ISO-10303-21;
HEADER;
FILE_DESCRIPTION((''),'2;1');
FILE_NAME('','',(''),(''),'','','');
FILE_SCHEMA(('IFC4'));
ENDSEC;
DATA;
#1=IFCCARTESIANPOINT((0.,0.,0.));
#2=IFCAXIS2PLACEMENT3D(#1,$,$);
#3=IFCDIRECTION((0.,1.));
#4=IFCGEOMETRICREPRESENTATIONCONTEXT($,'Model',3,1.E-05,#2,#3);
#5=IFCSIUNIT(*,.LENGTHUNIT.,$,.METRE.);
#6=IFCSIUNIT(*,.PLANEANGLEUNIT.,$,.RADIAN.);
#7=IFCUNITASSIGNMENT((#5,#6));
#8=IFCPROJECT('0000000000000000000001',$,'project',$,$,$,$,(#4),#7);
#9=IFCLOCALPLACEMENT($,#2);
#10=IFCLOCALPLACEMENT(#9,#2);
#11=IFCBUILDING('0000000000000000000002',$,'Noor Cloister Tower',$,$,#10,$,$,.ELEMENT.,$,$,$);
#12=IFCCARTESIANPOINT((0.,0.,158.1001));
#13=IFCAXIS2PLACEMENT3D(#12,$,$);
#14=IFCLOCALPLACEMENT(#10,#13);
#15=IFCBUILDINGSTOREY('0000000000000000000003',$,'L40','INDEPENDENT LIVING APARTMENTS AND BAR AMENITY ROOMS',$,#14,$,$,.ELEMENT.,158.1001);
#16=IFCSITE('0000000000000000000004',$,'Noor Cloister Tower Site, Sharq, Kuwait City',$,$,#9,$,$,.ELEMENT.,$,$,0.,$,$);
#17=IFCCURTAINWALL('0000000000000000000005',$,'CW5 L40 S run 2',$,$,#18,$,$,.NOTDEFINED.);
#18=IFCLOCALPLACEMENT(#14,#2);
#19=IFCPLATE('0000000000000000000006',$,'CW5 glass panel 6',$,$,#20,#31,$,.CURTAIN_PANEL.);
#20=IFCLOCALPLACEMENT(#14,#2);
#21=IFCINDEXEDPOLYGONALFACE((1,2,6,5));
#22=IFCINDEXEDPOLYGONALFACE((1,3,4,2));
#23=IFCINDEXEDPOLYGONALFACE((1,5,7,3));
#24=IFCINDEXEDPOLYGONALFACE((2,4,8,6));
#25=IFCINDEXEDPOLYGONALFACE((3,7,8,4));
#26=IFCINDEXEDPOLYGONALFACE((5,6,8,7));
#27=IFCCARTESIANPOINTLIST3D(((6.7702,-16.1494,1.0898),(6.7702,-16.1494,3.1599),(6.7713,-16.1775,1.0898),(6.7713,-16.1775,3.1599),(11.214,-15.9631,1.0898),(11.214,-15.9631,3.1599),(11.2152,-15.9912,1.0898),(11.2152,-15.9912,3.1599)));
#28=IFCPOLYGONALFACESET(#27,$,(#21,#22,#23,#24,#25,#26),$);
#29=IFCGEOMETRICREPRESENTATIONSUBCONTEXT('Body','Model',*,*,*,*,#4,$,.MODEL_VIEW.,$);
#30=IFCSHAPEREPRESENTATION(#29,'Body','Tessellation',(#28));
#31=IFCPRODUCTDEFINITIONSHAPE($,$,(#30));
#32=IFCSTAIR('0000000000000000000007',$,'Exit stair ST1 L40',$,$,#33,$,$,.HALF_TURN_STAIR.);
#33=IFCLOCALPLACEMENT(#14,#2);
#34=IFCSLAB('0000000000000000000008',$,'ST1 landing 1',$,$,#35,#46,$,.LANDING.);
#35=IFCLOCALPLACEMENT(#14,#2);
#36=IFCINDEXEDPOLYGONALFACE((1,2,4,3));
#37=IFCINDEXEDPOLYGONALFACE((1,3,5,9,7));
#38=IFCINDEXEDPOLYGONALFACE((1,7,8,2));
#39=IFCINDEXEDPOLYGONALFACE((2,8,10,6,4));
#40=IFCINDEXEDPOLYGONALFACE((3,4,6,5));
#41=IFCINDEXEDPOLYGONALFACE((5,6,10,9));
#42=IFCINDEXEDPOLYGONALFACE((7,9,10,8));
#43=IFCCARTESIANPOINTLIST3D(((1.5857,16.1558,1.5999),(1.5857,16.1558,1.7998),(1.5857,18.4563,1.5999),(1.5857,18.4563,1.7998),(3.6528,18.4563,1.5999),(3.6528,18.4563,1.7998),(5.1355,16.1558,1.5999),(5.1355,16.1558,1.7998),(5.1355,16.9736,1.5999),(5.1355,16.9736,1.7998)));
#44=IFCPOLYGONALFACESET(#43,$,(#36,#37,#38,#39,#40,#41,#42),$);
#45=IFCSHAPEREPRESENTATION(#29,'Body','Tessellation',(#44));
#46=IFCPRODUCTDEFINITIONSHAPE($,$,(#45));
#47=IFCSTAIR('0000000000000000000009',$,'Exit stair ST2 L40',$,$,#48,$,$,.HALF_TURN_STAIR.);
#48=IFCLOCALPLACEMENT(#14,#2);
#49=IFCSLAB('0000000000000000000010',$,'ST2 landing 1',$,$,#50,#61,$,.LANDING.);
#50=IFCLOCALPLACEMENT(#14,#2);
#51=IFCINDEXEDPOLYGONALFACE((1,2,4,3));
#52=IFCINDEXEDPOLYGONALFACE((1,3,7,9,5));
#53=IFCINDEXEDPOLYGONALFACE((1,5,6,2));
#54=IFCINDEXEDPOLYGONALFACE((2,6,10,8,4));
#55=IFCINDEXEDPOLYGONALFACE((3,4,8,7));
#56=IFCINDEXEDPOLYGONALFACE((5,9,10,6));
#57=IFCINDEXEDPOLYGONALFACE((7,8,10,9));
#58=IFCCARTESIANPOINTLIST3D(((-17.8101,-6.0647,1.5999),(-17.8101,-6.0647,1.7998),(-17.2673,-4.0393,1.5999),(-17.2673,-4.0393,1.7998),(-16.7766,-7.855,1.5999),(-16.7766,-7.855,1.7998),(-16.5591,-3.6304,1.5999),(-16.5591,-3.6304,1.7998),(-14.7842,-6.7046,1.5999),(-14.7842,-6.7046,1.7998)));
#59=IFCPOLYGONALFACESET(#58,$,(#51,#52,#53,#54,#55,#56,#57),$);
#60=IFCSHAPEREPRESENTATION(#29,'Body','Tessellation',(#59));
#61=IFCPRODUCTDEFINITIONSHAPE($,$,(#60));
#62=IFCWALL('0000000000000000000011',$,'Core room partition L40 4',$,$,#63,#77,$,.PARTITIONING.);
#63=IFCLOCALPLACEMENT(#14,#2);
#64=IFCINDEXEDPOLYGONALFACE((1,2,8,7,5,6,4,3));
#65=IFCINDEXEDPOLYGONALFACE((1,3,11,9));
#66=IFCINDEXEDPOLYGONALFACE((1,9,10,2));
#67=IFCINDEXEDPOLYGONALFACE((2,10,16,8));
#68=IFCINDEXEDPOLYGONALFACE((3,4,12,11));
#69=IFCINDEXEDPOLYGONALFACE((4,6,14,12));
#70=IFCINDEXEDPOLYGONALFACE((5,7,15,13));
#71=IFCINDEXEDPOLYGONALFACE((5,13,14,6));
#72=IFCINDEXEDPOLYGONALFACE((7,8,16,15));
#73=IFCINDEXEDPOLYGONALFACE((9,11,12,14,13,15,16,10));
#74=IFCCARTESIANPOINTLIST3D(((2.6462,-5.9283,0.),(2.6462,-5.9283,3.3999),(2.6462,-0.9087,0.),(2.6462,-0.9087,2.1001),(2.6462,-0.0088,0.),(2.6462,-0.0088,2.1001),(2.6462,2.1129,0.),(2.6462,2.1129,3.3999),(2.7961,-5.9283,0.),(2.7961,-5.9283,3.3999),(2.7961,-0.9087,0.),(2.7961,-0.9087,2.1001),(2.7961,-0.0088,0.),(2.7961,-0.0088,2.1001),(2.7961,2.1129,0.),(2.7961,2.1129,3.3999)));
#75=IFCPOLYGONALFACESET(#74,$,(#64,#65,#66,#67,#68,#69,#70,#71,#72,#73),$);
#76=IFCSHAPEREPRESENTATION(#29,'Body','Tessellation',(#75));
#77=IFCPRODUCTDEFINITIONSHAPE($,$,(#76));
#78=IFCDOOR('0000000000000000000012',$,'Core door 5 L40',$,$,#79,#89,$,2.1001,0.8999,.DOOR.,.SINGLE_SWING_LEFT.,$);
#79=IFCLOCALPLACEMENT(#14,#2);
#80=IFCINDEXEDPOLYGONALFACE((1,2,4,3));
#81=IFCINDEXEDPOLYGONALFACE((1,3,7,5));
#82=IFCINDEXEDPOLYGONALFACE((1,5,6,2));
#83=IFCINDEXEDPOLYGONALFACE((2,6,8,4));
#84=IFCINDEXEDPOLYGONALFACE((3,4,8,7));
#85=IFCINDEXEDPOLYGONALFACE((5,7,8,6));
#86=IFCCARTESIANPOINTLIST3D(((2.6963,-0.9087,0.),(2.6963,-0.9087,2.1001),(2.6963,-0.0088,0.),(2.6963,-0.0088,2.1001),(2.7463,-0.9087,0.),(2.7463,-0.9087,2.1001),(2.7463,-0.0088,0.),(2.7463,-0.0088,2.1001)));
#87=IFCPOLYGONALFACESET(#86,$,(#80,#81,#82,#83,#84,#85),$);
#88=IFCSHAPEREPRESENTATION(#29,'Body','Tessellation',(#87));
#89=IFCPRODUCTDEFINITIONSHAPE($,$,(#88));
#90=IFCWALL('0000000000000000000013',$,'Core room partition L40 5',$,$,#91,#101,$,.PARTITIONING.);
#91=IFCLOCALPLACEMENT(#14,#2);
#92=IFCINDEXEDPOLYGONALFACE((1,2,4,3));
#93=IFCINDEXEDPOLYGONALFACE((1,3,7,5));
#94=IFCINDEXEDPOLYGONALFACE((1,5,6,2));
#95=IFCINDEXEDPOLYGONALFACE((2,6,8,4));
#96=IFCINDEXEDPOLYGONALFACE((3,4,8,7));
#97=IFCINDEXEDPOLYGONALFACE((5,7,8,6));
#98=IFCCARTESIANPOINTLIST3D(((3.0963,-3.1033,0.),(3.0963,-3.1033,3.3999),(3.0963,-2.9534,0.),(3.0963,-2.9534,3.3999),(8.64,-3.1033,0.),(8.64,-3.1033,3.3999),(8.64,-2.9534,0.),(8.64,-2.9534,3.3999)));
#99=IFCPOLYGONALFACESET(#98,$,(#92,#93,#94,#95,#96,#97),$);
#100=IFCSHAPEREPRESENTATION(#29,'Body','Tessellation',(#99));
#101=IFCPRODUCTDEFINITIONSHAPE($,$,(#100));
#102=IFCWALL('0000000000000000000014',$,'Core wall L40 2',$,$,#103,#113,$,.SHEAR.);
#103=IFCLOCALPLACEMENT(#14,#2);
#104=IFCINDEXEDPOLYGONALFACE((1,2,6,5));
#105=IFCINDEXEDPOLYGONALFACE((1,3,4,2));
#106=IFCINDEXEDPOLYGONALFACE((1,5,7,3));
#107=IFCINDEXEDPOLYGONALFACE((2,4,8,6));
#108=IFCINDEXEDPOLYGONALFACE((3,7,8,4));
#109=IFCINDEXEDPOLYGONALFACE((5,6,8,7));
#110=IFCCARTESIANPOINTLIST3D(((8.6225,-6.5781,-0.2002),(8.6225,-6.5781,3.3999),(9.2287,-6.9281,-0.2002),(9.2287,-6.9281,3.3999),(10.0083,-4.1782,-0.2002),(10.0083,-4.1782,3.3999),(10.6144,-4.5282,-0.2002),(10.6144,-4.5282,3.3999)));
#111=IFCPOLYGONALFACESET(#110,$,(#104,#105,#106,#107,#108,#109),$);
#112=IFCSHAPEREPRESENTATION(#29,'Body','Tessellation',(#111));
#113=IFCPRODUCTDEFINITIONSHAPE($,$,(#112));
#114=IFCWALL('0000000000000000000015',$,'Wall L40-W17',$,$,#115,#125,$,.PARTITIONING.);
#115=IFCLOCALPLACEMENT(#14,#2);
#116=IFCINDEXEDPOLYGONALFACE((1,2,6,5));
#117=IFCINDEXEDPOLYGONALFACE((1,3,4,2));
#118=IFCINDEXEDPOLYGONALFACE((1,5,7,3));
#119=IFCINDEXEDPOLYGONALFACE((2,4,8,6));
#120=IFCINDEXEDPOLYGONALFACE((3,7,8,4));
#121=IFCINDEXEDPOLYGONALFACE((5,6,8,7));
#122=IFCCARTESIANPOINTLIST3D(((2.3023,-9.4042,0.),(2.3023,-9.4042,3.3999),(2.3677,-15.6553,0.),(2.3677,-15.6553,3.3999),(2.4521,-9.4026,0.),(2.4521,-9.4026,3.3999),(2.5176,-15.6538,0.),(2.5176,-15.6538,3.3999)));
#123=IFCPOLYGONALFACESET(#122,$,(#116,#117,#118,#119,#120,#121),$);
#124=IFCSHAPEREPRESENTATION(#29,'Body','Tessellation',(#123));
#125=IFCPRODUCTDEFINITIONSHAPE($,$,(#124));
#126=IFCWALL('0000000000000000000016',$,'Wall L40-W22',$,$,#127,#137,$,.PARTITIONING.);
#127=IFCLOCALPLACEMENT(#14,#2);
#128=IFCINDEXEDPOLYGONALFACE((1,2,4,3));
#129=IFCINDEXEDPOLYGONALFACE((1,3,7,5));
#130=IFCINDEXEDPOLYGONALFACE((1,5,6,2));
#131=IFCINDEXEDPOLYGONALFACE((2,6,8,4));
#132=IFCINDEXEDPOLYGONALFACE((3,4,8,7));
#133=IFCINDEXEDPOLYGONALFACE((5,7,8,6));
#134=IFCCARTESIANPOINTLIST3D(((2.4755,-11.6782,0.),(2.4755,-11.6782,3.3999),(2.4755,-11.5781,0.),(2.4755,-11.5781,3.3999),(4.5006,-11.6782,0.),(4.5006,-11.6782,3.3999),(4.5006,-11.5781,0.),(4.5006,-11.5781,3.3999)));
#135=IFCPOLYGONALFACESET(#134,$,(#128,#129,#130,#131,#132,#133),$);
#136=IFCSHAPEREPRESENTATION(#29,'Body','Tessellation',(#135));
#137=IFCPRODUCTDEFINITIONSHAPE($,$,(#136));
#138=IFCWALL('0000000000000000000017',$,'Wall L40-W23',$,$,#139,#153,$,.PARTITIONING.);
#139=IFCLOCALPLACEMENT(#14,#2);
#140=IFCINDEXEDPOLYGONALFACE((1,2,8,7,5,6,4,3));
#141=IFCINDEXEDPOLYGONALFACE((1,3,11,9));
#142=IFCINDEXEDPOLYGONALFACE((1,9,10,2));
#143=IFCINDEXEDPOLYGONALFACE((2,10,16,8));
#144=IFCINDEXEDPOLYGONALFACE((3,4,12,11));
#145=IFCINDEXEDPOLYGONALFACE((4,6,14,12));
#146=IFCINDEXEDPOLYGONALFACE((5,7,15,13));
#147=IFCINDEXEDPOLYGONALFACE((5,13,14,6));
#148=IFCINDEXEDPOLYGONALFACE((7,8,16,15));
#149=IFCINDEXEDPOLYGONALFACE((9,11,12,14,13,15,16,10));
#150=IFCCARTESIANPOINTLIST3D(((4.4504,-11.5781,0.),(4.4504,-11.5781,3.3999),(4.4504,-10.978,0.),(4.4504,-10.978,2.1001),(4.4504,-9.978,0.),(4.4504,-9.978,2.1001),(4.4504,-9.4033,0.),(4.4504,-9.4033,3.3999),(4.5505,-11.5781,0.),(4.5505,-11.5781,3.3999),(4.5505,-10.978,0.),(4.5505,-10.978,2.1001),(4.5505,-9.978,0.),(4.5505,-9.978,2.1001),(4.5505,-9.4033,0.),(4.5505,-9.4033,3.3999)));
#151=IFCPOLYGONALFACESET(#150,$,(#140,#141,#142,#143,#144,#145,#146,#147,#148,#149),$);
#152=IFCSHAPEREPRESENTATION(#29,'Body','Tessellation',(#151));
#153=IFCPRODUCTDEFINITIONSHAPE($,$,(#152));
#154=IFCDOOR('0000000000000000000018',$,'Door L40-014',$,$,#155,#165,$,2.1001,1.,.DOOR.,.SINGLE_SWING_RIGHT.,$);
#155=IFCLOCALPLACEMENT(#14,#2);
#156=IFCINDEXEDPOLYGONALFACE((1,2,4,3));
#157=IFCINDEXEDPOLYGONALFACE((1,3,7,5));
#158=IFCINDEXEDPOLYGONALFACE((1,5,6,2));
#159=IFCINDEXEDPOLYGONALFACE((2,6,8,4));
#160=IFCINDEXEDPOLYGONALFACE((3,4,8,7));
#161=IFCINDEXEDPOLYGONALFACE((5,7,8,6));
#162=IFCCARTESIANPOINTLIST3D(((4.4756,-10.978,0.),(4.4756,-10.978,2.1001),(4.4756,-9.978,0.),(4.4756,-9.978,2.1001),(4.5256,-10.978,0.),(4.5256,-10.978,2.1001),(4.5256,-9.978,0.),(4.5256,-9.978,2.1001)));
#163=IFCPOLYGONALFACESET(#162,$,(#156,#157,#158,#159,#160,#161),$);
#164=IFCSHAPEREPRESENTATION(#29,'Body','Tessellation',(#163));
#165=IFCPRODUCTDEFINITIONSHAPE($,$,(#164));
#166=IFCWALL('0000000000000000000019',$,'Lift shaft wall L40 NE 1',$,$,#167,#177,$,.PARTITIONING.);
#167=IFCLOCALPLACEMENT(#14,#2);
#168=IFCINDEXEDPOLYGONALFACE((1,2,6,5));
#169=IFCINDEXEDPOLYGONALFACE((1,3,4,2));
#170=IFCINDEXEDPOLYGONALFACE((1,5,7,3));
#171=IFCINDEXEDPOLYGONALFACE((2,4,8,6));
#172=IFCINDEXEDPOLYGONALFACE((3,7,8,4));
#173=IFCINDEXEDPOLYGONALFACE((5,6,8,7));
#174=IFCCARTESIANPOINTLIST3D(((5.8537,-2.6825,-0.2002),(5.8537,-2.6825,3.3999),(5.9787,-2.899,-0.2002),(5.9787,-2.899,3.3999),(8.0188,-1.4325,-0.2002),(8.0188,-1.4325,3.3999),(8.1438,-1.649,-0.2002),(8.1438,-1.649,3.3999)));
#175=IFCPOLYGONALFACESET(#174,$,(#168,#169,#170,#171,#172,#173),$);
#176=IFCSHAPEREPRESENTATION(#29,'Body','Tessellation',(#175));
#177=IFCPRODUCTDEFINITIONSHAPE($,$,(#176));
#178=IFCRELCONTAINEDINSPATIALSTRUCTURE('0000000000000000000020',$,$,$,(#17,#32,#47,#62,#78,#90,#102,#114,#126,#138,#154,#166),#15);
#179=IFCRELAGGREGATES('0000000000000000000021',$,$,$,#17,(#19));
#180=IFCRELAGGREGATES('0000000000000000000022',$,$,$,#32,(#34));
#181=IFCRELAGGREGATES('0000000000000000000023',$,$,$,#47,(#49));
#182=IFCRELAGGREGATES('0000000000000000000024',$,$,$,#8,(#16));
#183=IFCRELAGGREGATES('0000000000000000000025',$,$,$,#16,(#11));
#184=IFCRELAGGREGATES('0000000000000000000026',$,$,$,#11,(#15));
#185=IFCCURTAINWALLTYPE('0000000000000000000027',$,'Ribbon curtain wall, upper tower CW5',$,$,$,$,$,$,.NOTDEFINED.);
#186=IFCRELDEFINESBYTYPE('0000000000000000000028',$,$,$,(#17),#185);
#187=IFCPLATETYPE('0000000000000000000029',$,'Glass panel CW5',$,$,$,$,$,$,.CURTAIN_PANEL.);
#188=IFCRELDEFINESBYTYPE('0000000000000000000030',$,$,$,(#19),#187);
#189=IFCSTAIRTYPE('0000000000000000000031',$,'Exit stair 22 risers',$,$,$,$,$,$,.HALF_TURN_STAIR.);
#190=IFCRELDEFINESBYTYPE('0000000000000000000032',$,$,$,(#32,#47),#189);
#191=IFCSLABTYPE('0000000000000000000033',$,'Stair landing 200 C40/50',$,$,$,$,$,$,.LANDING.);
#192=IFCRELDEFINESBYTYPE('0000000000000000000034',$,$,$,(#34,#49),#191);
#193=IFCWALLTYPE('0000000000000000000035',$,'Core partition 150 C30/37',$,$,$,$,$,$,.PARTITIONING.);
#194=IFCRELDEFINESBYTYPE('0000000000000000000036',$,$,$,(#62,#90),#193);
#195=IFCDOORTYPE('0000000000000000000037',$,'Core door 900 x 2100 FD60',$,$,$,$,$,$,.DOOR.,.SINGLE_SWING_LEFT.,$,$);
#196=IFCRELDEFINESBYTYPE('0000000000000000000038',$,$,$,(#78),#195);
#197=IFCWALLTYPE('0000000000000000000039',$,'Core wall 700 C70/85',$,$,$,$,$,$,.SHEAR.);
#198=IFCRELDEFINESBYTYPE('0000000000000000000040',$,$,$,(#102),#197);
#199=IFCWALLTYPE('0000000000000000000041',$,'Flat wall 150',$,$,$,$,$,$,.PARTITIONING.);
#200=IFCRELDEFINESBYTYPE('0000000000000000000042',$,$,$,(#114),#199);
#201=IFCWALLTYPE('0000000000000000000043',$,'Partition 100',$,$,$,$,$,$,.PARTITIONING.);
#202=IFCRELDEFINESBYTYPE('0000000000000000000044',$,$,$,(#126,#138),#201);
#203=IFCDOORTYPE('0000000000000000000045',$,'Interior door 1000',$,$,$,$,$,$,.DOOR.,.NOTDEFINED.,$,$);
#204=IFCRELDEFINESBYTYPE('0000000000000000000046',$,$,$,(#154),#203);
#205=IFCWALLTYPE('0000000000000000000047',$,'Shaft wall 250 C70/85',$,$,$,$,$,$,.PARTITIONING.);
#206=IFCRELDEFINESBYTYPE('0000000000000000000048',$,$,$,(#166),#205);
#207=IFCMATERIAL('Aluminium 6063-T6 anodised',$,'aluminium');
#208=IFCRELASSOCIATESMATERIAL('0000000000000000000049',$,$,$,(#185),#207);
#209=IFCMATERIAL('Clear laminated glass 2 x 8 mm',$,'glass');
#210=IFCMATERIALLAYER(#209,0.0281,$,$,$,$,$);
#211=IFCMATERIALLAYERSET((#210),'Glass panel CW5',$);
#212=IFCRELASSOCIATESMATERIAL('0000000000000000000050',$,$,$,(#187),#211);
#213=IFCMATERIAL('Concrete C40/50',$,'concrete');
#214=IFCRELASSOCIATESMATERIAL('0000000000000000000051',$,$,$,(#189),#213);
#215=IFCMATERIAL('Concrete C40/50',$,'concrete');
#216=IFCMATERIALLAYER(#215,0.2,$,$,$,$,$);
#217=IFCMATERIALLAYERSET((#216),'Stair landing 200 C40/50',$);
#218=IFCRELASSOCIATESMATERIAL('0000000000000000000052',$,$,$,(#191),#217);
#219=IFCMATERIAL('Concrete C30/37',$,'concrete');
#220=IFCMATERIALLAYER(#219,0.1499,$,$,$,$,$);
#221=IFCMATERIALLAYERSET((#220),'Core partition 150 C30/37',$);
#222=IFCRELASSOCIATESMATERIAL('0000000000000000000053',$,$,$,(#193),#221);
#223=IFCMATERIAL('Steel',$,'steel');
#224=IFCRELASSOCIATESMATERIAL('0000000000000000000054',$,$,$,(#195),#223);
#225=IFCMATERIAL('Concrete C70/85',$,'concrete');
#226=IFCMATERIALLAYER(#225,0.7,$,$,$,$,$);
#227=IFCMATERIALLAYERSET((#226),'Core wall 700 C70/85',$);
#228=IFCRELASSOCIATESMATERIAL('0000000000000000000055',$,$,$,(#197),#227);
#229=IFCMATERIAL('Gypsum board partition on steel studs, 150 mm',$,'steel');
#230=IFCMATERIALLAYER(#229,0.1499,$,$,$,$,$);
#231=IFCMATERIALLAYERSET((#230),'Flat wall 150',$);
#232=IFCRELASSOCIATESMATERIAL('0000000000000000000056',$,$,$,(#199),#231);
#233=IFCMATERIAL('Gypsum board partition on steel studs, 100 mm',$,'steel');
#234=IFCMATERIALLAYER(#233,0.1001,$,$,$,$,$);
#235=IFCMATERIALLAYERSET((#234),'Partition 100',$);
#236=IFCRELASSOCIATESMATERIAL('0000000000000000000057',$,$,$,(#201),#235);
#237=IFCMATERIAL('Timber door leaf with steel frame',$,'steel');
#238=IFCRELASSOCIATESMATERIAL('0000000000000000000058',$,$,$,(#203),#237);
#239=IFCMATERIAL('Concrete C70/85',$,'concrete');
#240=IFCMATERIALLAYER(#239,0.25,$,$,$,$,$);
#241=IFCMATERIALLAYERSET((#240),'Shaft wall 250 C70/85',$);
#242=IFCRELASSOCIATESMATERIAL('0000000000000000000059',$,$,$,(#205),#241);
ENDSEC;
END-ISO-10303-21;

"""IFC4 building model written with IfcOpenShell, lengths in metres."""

from ifc_helpers import new_model, si_unit, direction, frame, frame_2d, origin, origin_2d, place, context, subcontext, project, spatial, polyline, rectangle, outline, extrude, material, layer, layer_set, type_object, element, fill, aggregate, save


model = new_model("IFC4")

# Units and contexts
model_context = context("Model", 3, precision=1e-05, world=origin(), true_north=direction((0.0, 1.0)))
body_context = subcontext(model_context, "Body", "Model", "MODEL_VIEW")
ifc_project = project(units=[si_unit("LENGTHUNIT", "METRE"), si_unit("PLANEANGLEUNIT", "RADIAN")], contexts=[model_context])

# Site, building, storey
site_placement = place(None, origin())
site = spatial("IfcSite", under=ifc_project, at=site_placement, Name="Noor Cloister Tower Site, Sharq, Kuwait City", CompositionType="ELEMENT", RefElevation=0.0)
building_placement = place(site_placement, origin())
building = spatial("IfcBuilding", under=site, at=building_placement, Name="Noor Cloister Tower", CompositionType="ELEMENT")
storey_placement = place(building_placement, frame((0.0, 0.0, 158.1001)))
storey = spatial("IfcBuildingStorey", under=building, at=storey_placement, Name="L40", Description="INDEPENDENT LIVING APARTMENTS AND BAR AMENITY ROOMS", CompositionType="ELEMENT", Elevation=158.1001)

# Curtain wall
ifc_material_1 = material(Name="Aluminium 6063-T6 anodised", Category="aluminium")
curtain_wall_type = type_object("IfcCurtainWallType", Name="Ribbon curtain wall, upper tower CW5", PredefinedType="NOTDEFINED", material=ifc_material_1)
curtain_wall_placement = place(storey_placement, origin())
curtain_wall = element("IfcCurtainWall", 1, at=curtain_wall_placement, inside=storey, type_object=curtain_wall_type, Name="CW5 L40 S run 2", PredefinedType="NOTDEFINED")

# Plate
ifc_material_2 = material(Name="Clear laminated glass 2 x 8 mm", Category="glass")
ifc_layer_1 = layer(ifc_material_2, 0.0281)
ifc_layer_set_1 = layer_set([ifc_layer_1], Name="Glass panel CW5")
plate_type = type_object("IfcPlateType", Name="Glass panel CW5", PredefinedType="CURTAIN_PANEL", material=ifc_layer_set_1)
plate_1_placement = place(storey_placement, frame((8.9927, -16.0703, 1.0898), z_axis=(0.0, 0.0, 1.0), x_axis=(0.999123, 0.04188, 0.0)))
plate_1 = element("IfcPlate", 2, at=plate_1_placement, type_object=plate_type, Name="CW5 glass panel 6", PredefinedType="CURTAIN_PANEL", context=body_context, shape_type="SweptSolid", body=[
    extrude(rectangle(XDim=4.4478, YDim=0.0281, at=origin_2d()), origin(), (0.0, 0.0, 1.0), 2.0701),
])
aggregate(curtain_wall, [plate_1])

# Stairs, slabs
ifc_material_3 = material(Name="Concrete C40/50", Category="concrete")
stair_type = type_object("IfcStairType", Name="Exit stair 22 risers", PredefinedType="HALF_TURN_STAIR", material=ifc_material_3)
stair_1_placement = place(storey_placement, origin())
stair_1 = element("IfcStair", 3, at=stair_1_placement, inside=storey, type_object=stair_type, Name="Exit stair ST1 L40", PredefinedType="HALF_TURN_STAIR")
ifc_material_4 = material(Name="Concrete C40/50", Category="concrete")
ifc_layer_2 = layer(ifc_material_4, 0.2)
ifc_layer_set_2 = layer_set([ifc_layer_2], Name="Stair landing 200 C40/50")
slab_type_1 = type_object("IfcSlabType", Name="Stair landing 200 C40/50", PredefinedType="LANDING", material=ifc_layer_set_2)
slab_1_placement = place(storey_placement, frame((0.0, 0.0, 1.5999)))
slab_1 = element("IfcSlab", 4, at=slab_1_placement, type_object=slab_type_1, Name="ST1 landing 1", PredefinedType="LANDING", context=body_context, shape_type="SweptSolid", body=[
    extrude(outline(polyline([(5.1355, 16.1558), (5.1355, 16.9736), (3.6528, 18.4563), (1.5857, 18.4563), (1.5857, 16.1558), (5.1355, 16.1558)])), origin(), (0.0, 0.0, 1.0), 0.2),
])
aggregate(stair_1, [slab_1])
stair_2_placement = place(storey_placement, origin())
stair_2 = element("IfcStair", 5, at=stair_2_placement, inside=storey, type_object=stair_type, Name="Exit stair ST2 L40", PredefinedType="HALF_TURN_STAIR")
slab_2_placement = place(storey_placement, frame((0.0, 0.0, 1.5999)))
slab_2 = element("IfcSlab", 6, at=slab_2_placement, type_object=slab_type_1, Name="ST2 landing 1", PredefinedType="LANDING", context=body_context, shape_type="SweptSolid", body=[
    extrude(outline(polyline([(-16.5591, -3.6304), (-17.2673, -4.0393), (-17.8101, -6.0647), (-16.7766, -7.855), (-14.7842, -6.7046), (-16.5591, -3.6304)])), origin(), (0.0, 0.0, 1.0), 0.2),
])
aggregate(stair_2, [slab_2])

# Wall, opening, door
ifc_material_5 = material(Name="Concrete C30/37", Category="concrete")
ifc_layer_3 = layer(ifc_material_5, 0.1499)
ifc_layer_set_3 = layer_set([ifc_layer_3], Name="Core partition 150 C30/37")
wall_type_1 = type_object("IfcWallType", Name="Core partition 150 C30/37", PredefinedType="PARTITIONING", material=ifc_layer_set_3)
wall_1_placement = place(storey_placement, frame((2.7212, -5.9282, 0.0), z_axis=(0.0, 0.0, 1.0), x_axis=(0.0, 1.0, 0.0)))
wall_1 = element("IfcWall", 7, at=wall_1_placement, inside=storey, type_object=wall_type_1, Name="Core room partition L40 4", PredefinedType="PARTITIONING", context=body_context, shape_type="SweptSolid", body=[
    extrude(rectangle(XDim=8.0413, YDim=0.1499, at=frame_2d((4.0205, 0.0))), origin(), (0.0, 0.0, 1.0), 3.3999),
])
opening_1_placement = place(wall_1_placement, frame((5.0195, 0.0, 0.0)))
opening_1 = element("IfcOpeningElement", 8, at=opening_1_placement, cuts=wall_1, PredefinedType="OPENING", context=body_context, shape_type="SweptSolid", body=[
    extrude(rectangle(XDim=0.8999, YDim=2.1001, at=frame_2d((0.45, 1.05))), frame((0.0, 0.085, 0.0), z_axis=(0.0, -1.0, 0.0), x_axis=(1.0, 0.0, 0.0)), (0.0, 0.0, 1.0), 0.1699),
])
ifc_material_6 = material(Name="Steel", Category="steel")
door_type_1 = type_object("IfcDoorType", Name="Core door 900 x 2100 FD60", OperationType="SINGLE_SWING_LEFT", PredefinedType="DOOR", material=ifc_material_6)
door_1_placement = place(opening_1_placement, origin())
door_1 = element("IfcDoor", 9, at=door_1_placement, inside=storey, type_object=door_type_1, Name="Core door 5 L40", OperationType="SINGLE_SWING_LEFT", OverallHeight=2.1001, OverallWidth=0.8999, PredefinedType="DOOR", context=body_context, shape_type="SweptSolid", body=[
    extrude(rectangle(XDim=0.8999, YDim=2.1001, at=frame_2d((0.45, 1.05))), frame((0.0, 0.0249, 0.0), z_axis=(0.0, -1.0, 0.0), x_axis=(1.0, 0.0, 0.0)), (0.0, 0.0, 1.0), 0.05),
])
fill(opening_1, door_1)

# Walls
wall_2_placement = place(storey_placement, frame((3.0962, -3.0283, 0.0), z_axis=(0.0, 0.0, 1.0), x_axis=(1.0, 0.0, 0.0)))
element("IfcWall", 10, at=wall_2_placement, inside=storey, type_object=wall_type_1, Name="Core room partition L40 5", PredefinedType="PARTITIONING", context=body_context, shape_type="SweptSolid", body=[
    extrude(rectangle(XDim=5.5437, YDim=0.1499, at=frame_2d((2.772, 0.0))), origin(), (0.0, 0.0, 1.0), 3.3999),
])
ifc_material_7 = material(Name="Concrete C70/85", Category="concrete")
ifc_layer_4 = layer(ifc_material_7, 0.7)
ifc_layer_set_4 = layer_set([ifc_layer_4], Name="Core wall 700 C70/85")
wall_type_2 = type_object("IfcWallType", Name="Core wall 700 C70/85", PredefinedType="SHEAR", material=ifc_layer_set_4)
wall_3_placement = place(storey_placement, frame((8.9255, -6.7532, -0.2002), z_axis=(0.0, 0.0, 1.0), x_axis=(0.500043, 0.866001, 0.0)))
element("IfcWall", 11, at=wall_3_placement, inside=storey, type_object=wall_type_2, Name="Core wall L40 2", PredefinedType="SHEAR", context=body_context, shape_type="SweptSolid", body=[
    extrude(rectangle(XDim=2.7712, YDim=0.7, at=frame_2d((1.3857, 0.0))), origin(), (0.0, 0.0, 1.0), 3.6001),
])
ifc_material_8 = material(Name="Gypsum board partition on steel studs, 150 mm", Category="steel")
ifc_layer_5 = layer(ifc_material_8, 0.1499)
ifc_layer_set_5 = layer_set([ifc_layer_5], Name="Flat wall 150")
wall_type_3 = type_object("IfcWallType", Name="Flat wall 150", PredefinedType="PARTITIONING", material=ifc_layer_set_5)
wall_4_placement = place(storey_placement, frame((2.4426, -15.6545, 0.0), z_axis=(0.0, 0.0, 1.0), x_axis=(-0.010466, 0.999945, 0.0)))
element("IfcWall", 12, at=wall_4_placement, inside=storey, type_object=wall_type_3, Name="Wall L40-W17", PredefinedType="PARTITIONING", context=body_context, shape_type="SweptSolid", body=[
    extrude(rectangle(XDim=6.2515, YDim=0.1499, at=frame_2d((3.1257, 0.0))), origin(), (0.0, 0.0, 1.0), 3.3999),
])
ifc_material_9 = material(Name="Gypsum board partition on steel studs, 100 mm", Category="steel")
ifc_layer_6 = layer(ifc_material_9, 0.1001)
ifc_layer_set_6 = layer_set([ifc_layer_6], Name="Partition 100")
wall_type_4 = type_object("IfcWallType", Name="Partition 100", PredefinedType="PARTITIONING", material=ifc_layer_set_6)
wall_5_placement = place(storey_placement, frame((2.4753, -11.6282, 0.0), z_axis=(0.0, 0.0, 1.0), x_axis=(1.0, 0.0, 0.0)))
element("IfcWall", 13, at=wall_5_placement, inside=storey, type_object=wall_type_4, Name="Wall L40-W22", PredefinedType="PARTITIONING", context=body_context, shape_type="SweptSolid", body=[
    extrude(rectangle(XDim=2.0251, YDim=0.1001, at=frame_2d((1.0127, 0.0))), origin(), (0.0, 0.0, 1.0), 3.3999),
])

# Wall, opening, door
wall_6_placement = place(storey_placement, frame((4.5005, -11.5781, 0.0), z_axis=(0.0, 0.0, 1.0), x_axis=(0.0, 1.0, 0.0)))
wall_6 = element("IfcWall", 14, at=wall_6_placement, inside=storey, type_object=wall_type_4, Name="Wall L40-W23", PredefinedType="PARTITIONING", context=body_context, shape_type="SweptSolid", body=[
    extrude(rectangle(XDim=2.1748, YDim=0.1001, at=frame_2d((1.0874, 0.0))), origin(), (0.0, 0.0, 1.0), 3.3999),
])
opening_2_placement = place(wall_6_placement, frame((0.6001, 0.0, 0.0)))
opening_2 = element("IfcOpeningElement", 15, at=opening_2_placement, cuts=wall_6, PredefinedType="OPENING", context=body_context, shape_type="SweptSolid", body=[
    extrude(rectangle(XDim=1.0, YDim=2.1001, at=frame_2d((0.5, 1.05))), frame((0.0, 0.0601, 0.0), z_axis=(0.0, -1.0, 0.0), x_axis=(1.0, 0.0, 0.0)), (0.0, 0.0, 1.0), 0.1201),
])
ifc_material_10 = material(Name="Timber door leaf with steel frame", Category="steel")
door_type_2 = type_object("IfcDoorType", Name="Interior door 1000", OperationType="NOTDEFINED", PredefinedType="DOOR", material=ifc_material_10)
door_2_placement = place(opening_2_placement, origin())
door_2 = element("IfcDoor", 16, at=door_2_placement, inside=storey, type_object=door_type_2, Name="Door L40-014", OperationType="SINGLE_SWING_RIGHT", OverallHeight=2.1001, OverallWidth=1.0, PredefinedType="DOOR", context=body_context, shape_type="SweptSolid", body=[
    extrude(rectangle(XDim=1.0, YDim=2.1001, at=frame_2d((0.5, 1.05))), frame((0.0, 0.0249, 0.0), z_axis=(0.0, -1.0, 0.0), x_axis=(1.0, 0.0, 0.0)), (0.0, 0.0, 1.0), 0.05),
])
fill(opening_2, door_2)

# Wall
ifc_material_11 = material(Name="Concrete C70/85", Category="concrete")
ifc_layer_7 = layer(ifc_material_11, 0.25)
ifc_layer_set_7 = layer_set([ifc_layer_7], Name="Shaft wall 250 C70/85")
wall_type_5 = type_object("IfcWallType", Name="Shaft wall 250 C70/85", PredefinedType="PARTITIONING", material=ifc_layer_set_7)
wall_7_placement = place(storey_placement, frame((8.0813, -1.5408, -0.2002), z_axis=(0.0, 0.0, 1.0), x_axis=(-0.866023, -0.500004, 0.0)))
element("IfcWall", 17, at=wall_7_placement, inside=storey, type_object=wall_type_5, Name="Lift shaft wall L40 NE 1", PredefinedType="PARTITIONING", context=body_context, shape_type="SweptSolid", body=[
    extrude(rectangle(XDim=2.5, YDim=0.25, at=frame_2d((1.25, 0.0))), origin(), (0.0, 0.0, 1.0), 3.6001),
])

save(model, "model.ifc")
